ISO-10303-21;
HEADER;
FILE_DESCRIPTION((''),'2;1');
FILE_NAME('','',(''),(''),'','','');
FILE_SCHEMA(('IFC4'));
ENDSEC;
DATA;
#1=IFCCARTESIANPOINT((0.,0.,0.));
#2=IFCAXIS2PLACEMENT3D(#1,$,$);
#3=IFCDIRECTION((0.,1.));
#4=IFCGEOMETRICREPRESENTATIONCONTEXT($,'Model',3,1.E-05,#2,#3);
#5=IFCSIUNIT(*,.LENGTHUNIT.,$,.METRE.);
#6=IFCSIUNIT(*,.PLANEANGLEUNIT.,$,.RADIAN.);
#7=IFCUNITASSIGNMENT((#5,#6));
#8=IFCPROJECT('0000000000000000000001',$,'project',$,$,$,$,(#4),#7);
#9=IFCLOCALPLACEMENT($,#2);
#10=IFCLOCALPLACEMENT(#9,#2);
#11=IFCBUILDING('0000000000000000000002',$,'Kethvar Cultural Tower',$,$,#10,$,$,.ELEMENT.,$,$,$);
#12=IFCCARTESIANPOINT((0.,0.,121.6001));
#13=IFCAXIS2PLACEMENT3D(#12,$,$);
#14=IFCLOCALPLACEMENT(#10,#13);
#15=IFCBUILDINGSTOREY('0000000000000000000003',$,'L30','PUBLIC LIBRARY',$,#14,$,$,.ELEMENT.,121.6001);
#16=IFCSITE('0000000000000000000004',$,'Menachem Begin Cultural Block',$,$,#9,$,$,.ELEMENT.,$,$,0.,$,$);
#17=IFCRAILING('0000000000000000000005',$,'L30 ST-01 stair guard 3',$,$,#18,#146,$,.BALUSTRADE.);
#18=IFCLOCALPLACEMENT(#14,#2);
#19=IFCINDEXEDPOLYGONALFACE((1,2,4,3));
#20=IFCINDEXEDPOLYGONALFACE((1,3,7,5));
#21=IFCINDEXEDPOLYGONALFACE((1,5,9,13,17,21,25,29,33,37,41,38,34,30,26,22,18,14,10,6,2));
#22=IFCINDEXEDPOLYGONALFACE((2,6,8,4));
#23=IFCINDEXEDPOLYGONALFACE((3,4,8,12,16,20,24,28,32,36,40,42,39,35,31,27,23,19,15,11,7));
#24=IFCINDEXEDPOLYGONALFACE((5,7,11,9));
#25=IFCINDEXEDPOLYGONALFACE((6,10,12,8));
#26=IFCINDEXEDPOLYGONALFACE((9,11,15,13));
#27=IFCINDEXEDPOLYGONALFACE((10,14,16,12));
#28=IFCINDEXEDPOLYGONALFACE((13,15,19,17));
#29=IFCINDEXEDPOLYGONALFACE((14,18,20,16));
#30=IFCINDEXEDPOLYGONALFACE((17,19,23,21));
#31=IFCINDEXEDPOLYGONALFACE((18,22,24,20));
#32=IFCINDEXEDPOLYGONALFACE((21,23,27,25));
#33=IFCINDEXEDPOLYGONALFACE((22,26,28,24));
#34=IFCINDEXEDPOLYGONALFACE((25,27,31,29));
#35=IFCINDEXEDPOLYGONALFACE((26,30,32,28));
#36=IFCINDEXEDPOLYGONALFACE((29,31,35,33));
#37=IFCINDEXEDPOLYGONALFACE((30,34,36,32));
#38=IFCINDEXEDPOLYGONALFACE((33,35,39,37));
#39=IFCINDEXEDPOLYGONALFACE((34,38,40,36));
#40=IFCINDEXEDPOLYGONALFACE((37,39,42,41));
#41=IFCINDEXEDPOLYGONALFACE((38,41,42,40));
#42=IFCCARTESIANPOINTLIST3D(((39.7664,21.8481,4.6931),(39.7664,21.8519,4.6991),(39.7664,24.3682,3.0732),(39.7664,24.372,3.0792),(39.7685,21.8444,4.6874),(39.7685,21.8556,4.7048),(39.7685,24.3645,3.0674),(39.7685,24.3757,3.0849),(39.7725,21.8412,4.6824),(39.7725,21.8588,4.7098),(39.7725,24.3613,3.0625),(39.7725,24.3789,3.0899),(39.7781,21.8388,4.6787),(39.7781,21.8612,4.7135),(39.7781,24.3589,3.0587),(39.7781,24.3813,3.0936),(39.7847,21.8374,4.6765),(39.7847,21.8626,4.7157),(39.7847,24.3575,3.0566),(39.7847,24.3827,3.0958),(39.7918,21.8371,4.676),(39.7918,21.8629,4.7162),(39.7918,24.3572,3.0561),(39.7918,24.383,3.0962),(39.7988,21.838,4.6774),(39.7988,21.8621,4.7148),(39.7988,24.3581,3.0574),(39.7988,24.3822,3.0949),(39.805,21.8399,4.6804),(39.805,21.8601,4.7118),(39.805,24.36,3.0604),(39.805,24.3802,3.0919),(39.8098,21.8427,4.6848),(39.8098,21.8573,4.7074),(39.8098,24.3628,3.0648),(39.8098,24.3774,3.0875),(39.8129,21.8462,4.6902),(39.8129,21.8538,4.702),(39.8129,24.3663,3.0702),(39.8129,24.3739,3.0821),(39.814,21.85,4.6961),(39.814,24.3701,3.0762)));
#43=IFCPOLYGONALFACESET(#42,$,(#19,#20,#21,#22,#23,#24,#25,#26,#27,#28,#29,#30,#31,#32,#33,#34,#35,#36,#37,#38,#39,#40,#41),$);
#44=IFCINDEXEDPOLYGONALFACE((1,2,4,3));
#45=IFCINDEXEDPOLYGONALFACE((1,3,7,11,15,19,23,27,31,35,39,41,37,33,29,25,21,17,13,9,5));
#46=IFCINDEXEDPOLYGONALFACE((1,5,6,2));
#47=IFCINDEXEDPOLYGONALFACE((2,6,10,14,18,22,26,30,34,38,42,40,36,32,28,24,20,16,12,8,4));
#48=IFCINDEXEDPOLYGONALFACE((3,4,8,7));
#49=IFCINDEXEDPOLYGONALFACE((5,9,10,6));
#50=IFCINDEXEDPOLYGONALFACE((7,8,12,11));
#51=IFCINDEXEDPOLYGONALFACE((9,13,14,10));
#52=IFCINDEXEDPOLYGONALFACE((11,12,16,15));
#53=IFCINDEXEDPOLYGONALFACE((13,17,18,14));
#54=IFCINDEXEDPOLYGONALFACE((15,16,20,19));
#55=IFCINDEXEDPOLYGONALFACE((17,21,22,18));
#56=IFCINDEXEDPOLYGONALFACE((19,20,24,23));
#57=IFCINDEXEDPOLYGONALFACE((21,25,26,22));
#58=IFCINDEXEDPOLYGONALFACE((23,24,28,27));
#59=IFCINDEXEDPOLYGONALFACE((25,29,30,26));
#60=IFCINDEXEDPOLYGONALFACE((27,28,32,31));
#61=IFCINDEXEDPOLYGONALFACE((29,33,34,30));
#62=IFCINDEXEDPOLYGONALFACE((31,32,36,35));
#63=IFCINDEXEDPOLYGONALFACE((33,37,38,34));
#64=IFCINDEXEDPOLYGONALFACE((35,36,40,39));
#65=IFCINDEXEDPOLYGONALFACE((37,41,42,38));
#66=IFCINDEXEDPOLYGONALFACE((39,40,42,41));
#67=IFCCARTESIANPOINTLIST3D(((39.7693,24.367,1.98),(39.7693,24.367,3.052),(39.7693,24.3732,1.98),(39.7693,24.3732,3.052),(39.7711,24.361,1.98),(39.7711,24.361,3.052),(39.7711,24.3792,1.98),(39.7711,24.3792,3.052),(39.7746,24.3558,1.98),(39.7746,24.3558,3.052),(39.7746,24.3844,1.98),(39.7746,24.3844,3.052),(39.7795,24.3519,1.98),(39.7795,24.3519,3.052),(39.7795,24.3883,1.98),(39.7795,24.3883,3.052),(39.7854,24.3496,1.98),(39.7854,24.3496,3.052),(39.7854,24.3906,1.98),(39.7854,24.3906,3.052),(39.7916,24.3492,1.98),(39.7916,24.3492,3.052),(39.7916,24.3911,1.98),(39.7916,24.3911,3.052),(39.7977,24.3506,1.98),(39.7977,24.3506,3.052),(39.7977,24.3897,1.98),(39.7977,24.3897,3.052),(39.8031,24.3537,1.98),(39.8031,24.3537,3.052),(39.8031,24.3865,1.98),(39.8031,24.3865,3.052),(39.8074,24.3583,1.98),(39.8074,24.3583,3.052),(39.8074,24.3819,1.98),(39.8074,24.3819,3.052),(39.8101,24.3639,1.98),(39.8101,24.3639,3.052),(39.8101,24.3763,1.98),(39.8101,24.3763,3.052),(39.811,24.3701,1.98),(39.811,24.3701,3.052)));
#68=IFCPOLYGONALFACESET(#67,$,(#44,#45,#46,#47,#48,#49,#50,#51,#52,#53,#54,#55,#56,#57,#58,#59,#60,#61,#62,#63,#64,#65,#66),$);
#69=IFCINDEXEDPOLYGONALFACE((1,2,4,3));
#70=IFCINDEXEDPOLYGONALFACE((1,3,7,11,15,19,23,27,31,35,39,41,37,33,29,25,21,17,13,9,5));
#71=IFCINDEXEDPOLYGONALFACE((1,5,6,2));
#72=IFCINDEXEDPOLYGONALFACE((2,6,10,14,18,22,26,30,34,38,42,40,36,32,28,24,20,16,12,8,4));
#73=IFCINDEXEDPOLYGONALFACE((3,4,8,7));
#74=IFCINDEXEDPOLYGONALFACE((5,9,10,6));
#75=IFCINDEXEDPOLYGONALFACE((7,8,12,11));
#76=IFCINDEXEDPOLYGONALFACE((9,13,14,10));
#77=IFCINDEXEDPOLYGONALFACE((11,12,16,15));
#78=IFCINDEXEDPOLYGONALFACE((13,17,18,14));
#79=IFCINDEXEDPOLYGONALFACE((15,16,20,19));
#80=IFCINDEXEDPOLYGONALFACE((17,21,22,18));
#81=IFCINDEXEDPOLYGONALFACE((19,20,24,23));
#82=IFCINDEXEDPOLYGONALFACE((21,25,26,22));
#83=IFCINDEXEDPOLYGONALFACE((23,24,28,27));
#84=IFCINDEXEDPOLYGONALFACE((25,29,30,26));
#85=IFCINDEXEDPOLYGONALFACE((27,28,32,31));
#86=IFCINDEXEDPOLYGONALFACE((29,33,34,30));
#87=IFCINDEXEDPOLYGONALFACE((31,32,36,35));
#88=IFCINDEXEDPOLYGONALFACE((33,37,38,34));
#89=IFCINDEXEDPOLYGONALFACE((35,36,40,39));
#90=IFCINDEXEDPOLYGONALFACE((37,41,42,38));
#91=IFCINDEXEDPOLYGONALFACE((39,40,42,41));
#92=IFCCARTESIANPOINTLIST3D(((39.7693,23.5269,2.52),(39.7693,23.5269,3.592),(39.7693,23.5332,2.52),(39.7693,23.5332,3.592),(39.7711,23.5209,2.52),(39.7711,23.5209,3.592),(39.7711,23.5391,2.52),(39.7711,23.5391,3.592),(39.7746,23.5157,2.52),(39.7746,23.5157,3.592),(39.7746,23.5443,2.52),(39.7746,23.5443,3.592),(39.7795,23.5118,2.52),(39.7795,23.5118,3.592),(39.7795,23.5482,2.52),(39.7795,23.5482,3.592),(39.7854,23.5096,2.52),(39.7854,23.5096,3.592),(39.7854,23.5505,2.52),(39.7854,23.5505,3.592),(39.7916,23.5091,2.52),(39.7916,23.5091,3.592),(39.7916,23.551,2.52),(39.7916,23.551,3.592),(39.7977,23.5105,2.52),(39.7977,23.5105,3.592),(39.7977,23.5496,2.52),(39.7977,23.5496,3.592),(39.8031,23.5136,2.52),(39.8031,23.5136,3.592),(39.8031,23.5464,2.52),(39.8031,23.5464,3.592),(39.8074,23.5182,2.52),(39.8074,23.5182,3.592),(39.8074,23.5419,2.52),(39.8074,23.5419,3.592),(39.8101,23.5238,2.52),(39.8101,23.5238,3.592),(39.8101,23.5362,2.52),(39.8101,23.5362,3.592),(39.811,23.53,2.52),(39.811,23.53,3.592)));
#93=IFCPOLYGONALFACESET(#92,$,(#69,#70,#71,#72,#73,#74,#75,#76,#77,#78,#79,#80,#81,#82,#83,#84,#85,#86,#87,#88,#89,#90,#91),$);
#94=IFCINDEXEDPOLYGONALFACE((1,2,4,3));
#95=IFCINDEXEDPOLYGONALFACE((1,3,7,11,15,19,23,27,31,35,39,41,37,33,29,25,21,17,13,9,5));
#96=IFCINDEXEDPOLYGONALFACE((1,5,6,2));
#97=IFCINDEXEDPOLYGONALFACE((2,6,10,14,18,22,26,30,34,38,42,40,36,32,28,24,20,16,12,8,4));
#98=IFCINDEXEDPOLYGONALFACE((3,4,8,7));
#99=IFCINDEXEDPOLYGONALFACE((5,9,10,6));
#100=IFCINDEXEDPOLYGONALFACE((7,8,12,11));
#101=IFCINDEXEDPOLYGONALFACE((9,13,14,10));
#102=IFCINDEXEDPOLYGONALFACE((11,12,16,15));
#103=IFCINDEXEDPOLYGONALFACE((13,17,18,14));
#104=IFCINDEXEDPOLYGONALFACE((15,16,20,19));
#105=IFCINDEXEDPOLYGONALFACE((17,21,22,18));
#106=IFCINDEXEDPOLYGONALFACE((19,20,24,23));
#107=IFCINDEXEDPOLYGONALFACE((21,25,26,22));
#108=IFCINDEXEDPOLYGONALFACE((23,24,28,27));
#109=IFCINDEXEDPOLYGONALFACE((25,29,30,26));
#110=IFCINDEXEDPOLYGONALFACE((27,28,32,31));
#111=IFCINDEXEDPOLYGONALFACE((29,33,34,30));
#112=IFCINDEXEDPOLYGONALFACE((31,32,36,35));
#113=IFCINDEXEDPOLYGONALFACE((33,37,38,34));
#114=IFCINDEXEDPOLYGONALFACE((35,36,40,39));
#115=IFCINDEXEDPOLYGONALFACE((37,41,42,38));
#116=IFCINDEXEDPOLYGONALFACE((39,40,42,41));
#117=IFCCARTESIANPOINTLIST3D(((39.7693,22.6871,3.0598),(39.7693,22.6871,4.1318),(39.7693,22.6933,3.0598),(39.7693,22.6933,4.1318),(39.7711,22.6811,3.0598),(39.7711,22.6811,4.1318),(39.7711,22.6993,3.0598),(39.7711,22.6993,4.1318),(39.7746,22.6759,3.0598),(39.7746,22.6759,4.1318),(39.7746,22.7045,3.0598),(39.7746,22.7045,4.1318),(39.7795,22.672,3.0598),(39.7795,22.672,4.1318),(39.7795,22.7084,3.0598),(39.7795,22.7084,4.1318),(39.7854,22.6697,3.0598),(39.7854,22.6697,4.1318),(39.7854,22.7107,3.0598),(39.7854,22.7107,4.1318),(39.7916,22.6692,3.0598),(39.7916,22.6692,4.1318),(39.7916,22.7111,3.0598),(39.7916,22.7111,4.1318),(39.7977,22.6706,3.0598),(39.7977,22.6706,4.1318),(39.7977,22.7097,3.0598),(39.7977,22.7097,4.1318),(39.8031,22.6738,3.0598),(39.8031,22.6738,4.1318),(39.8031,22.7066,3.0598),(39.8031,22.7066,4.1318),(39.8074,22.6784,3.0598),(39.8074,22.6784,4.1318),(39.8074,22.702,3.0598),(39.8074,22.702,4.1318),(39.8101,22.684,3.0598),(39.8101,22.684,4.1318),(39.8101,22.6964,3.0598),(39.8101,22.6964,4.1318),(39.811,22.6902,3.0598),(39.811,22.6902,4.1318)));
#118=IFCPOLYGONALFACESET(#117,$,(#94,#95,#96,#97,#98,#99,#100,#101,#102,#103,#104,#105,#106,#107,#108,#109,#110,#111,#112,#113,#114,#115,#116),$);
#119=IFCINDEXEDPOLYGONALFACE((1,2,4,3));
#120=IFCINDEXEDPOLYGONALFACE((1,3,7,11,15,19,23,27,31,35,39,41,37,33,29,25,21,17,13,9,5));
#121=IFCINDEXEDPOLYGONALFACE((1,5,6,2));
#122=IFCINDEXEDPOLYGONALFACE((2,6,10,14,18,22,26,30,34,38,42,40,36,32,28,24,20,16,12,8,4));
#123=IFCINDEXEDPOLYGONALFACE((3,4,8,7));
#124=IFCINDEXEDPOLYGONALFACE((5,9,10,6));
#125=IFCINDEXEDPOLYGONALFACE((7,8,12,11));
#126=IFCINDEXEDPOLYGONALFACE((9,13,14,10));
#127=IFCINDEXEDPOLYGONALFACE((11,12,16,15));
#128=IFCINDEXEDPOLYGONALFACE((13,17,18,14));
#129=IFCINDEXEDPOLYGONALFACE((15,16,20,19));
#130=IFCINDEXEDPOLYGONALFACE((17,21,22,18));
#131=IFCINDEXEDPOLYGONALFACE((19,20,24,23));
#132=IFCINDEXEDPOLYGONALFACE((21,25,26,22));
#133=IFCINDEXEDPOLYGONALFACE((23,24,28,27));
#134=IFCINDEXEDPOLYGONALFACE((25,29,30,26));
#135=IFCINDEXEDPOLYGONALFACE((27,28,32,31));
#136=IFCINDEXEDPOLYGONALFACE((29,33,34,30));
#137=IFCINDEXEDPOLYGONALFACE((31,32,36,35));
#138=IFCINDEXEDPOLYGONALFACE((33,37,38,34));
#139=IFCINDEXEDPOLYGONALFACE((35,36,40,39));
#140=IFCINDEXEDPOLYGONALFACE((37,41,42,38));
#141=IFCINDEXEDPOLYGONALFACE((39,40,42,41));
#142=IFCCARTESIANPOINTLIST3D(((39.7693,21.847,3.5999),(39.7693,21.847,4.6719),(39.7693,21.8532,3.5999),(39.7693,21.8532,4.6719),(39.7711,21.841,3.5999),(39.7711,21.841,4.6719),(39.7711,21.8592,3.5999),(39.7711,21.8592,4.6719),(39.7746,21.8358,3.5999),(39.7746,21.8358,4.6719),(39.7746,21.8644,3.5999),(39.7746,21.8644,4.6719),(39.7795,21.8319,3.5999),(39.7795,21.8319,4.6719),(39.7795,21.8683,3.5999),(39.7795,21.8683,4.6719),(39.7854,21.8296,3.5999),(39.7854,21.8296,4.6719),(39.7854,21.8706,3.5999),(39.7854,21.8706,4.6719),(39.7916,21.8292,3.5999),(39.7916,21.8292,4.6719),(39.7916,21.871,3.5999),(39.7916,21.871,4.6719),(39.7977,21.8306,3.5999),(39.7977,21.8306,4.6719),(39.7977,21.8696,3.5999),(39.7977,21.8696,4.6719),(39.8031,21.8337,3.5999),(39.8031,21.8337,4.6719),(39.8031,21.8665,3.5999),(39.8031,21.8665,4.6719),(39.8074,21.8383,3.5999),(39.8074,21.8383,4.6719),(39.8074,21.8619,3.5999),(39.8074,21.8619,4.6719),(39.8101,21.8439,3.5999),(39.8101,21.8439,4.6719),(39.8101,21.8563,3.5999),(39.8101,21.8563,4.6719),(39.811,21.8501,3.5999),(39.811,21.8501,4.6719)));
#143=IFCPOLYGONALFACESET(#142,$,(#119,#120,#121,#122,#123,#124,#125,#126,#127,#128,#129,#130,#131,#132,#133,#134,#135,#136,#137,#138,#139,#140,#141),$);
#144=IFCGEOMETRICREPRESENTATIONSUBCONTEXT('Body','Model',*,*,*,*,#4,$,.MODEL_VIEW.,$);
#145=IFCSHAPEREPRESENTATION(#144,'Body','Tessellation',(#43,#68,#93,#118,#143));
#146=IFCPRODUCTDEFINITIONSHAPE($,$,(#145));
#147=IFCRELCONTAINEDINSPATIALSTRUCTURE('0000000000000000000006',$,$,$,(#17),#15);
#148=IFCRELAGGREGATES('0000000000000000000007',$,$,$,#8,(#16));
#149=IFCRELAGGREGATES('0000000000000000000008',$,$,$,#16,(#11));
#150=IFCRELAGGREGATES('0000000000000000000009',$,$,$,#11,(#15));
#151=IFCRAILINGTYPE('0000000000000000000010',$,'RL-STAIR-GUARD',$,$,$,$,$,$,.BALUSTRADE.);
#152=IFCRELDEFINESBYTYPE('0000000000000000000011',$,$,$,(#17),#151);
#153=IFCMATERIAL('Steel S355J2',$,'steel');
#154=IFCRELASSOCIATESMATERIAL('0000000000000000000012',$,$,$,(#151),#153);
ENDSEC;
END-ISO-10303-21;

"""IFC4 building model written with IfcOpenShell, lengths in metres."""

from ifc_helpers import new_model, si_unit, direction, frame, origin, origin_2d, place, context, subcontext, project, spatial, circle, extrude, material, type_object, element, save


model = new_model("IFC4")

# Units and contexts
model_context = context("Model", 3, precision=1e-05, world=origin(), true_north=direction((0.0, 1.0)))
body_context = subcontext(model_context, "Body", "Model", "MODEL_VIEW")
ifc_project = project(units=[si_unit("LENGTHUNIT", "METRE"), si_unit("PLANEANGLEUNIT", "RADIAN")], contexts=[model_context])

# Site, building, storey
site_placement = place(None, origin())
site = spatial("IfcSite", under=ifc_project, at=site_placement, Name="Menachem Begin Cultural Block", CompositionType="ELEMENT", RefElevation=0.0)
building_placement = place(site_placement, origin())
building = spatial("IfcBuilding", under=site, at=building_placement, Name="Kethvar Cultural Tower", CompositionType="ELEMENT")
storey_placement = place(building_placement, frame((0.0, 0.0, 121.6001)))
storey = spatial("IfcBuildingStorey", under=building, at=storey_placement, Name="L30", Description="PUBLIC LIBRARY", CompositionType="ELEMENT", Elevation=121.6001)

# Shared definitions
ifc_material_1 = material(Name="Steel S355J2", Category="steel")

# Railing
railing_type_1 = type_object("IfcRailingType", Name="RL-STAIR-GUARD", PredefinedType="BALUSTRADE", material=ifc_material_1)
railing_1_placement = place(storey_placement, frame((39.79, 24.3701, 1.98)))
element("IfcRailing", 1, at=railing_1_placement, inside=storey, type_object=railing_type_1, Name="L30 ST-01 stair guard 3", PredefinedType="BALUSTRADE", context=body_context, shape_type="SweptSolid", body=[
    extrude(circle(Radius=0.0239, at=origin_2d()), frame((0.0, 0.0, 1.0962), z_axis=(0.0, -0.8412, 0.540725), x_axis=(1.0, 0.0, 0.0)), (0.0, 0.0, 1.0), 2.9958),
    extrude(circle(Radius=0.021, at=origin_2d()), origin(), (0.0, 0.0, 1.0), 1.072),
    extrude(circle(Radius=0.021, at=origin_2d()), frame((0.0, -0.8401, 0.54)), (0.0, 0.0, 1.0), 1.072),
    extrude(circle(Radius=0.021, at=origin_2d()), frame((0.0, -1.6799, 1.0798)), (0.0, 0.0, 1.0), 1.072),
    extrude(circle(Radius=0.021, at=origin_2d()), frame((0.0, -2.52, 1.6199)), (0.0, 0.0, 1.0), 1.072),
])

save(model, "model.ifc")
